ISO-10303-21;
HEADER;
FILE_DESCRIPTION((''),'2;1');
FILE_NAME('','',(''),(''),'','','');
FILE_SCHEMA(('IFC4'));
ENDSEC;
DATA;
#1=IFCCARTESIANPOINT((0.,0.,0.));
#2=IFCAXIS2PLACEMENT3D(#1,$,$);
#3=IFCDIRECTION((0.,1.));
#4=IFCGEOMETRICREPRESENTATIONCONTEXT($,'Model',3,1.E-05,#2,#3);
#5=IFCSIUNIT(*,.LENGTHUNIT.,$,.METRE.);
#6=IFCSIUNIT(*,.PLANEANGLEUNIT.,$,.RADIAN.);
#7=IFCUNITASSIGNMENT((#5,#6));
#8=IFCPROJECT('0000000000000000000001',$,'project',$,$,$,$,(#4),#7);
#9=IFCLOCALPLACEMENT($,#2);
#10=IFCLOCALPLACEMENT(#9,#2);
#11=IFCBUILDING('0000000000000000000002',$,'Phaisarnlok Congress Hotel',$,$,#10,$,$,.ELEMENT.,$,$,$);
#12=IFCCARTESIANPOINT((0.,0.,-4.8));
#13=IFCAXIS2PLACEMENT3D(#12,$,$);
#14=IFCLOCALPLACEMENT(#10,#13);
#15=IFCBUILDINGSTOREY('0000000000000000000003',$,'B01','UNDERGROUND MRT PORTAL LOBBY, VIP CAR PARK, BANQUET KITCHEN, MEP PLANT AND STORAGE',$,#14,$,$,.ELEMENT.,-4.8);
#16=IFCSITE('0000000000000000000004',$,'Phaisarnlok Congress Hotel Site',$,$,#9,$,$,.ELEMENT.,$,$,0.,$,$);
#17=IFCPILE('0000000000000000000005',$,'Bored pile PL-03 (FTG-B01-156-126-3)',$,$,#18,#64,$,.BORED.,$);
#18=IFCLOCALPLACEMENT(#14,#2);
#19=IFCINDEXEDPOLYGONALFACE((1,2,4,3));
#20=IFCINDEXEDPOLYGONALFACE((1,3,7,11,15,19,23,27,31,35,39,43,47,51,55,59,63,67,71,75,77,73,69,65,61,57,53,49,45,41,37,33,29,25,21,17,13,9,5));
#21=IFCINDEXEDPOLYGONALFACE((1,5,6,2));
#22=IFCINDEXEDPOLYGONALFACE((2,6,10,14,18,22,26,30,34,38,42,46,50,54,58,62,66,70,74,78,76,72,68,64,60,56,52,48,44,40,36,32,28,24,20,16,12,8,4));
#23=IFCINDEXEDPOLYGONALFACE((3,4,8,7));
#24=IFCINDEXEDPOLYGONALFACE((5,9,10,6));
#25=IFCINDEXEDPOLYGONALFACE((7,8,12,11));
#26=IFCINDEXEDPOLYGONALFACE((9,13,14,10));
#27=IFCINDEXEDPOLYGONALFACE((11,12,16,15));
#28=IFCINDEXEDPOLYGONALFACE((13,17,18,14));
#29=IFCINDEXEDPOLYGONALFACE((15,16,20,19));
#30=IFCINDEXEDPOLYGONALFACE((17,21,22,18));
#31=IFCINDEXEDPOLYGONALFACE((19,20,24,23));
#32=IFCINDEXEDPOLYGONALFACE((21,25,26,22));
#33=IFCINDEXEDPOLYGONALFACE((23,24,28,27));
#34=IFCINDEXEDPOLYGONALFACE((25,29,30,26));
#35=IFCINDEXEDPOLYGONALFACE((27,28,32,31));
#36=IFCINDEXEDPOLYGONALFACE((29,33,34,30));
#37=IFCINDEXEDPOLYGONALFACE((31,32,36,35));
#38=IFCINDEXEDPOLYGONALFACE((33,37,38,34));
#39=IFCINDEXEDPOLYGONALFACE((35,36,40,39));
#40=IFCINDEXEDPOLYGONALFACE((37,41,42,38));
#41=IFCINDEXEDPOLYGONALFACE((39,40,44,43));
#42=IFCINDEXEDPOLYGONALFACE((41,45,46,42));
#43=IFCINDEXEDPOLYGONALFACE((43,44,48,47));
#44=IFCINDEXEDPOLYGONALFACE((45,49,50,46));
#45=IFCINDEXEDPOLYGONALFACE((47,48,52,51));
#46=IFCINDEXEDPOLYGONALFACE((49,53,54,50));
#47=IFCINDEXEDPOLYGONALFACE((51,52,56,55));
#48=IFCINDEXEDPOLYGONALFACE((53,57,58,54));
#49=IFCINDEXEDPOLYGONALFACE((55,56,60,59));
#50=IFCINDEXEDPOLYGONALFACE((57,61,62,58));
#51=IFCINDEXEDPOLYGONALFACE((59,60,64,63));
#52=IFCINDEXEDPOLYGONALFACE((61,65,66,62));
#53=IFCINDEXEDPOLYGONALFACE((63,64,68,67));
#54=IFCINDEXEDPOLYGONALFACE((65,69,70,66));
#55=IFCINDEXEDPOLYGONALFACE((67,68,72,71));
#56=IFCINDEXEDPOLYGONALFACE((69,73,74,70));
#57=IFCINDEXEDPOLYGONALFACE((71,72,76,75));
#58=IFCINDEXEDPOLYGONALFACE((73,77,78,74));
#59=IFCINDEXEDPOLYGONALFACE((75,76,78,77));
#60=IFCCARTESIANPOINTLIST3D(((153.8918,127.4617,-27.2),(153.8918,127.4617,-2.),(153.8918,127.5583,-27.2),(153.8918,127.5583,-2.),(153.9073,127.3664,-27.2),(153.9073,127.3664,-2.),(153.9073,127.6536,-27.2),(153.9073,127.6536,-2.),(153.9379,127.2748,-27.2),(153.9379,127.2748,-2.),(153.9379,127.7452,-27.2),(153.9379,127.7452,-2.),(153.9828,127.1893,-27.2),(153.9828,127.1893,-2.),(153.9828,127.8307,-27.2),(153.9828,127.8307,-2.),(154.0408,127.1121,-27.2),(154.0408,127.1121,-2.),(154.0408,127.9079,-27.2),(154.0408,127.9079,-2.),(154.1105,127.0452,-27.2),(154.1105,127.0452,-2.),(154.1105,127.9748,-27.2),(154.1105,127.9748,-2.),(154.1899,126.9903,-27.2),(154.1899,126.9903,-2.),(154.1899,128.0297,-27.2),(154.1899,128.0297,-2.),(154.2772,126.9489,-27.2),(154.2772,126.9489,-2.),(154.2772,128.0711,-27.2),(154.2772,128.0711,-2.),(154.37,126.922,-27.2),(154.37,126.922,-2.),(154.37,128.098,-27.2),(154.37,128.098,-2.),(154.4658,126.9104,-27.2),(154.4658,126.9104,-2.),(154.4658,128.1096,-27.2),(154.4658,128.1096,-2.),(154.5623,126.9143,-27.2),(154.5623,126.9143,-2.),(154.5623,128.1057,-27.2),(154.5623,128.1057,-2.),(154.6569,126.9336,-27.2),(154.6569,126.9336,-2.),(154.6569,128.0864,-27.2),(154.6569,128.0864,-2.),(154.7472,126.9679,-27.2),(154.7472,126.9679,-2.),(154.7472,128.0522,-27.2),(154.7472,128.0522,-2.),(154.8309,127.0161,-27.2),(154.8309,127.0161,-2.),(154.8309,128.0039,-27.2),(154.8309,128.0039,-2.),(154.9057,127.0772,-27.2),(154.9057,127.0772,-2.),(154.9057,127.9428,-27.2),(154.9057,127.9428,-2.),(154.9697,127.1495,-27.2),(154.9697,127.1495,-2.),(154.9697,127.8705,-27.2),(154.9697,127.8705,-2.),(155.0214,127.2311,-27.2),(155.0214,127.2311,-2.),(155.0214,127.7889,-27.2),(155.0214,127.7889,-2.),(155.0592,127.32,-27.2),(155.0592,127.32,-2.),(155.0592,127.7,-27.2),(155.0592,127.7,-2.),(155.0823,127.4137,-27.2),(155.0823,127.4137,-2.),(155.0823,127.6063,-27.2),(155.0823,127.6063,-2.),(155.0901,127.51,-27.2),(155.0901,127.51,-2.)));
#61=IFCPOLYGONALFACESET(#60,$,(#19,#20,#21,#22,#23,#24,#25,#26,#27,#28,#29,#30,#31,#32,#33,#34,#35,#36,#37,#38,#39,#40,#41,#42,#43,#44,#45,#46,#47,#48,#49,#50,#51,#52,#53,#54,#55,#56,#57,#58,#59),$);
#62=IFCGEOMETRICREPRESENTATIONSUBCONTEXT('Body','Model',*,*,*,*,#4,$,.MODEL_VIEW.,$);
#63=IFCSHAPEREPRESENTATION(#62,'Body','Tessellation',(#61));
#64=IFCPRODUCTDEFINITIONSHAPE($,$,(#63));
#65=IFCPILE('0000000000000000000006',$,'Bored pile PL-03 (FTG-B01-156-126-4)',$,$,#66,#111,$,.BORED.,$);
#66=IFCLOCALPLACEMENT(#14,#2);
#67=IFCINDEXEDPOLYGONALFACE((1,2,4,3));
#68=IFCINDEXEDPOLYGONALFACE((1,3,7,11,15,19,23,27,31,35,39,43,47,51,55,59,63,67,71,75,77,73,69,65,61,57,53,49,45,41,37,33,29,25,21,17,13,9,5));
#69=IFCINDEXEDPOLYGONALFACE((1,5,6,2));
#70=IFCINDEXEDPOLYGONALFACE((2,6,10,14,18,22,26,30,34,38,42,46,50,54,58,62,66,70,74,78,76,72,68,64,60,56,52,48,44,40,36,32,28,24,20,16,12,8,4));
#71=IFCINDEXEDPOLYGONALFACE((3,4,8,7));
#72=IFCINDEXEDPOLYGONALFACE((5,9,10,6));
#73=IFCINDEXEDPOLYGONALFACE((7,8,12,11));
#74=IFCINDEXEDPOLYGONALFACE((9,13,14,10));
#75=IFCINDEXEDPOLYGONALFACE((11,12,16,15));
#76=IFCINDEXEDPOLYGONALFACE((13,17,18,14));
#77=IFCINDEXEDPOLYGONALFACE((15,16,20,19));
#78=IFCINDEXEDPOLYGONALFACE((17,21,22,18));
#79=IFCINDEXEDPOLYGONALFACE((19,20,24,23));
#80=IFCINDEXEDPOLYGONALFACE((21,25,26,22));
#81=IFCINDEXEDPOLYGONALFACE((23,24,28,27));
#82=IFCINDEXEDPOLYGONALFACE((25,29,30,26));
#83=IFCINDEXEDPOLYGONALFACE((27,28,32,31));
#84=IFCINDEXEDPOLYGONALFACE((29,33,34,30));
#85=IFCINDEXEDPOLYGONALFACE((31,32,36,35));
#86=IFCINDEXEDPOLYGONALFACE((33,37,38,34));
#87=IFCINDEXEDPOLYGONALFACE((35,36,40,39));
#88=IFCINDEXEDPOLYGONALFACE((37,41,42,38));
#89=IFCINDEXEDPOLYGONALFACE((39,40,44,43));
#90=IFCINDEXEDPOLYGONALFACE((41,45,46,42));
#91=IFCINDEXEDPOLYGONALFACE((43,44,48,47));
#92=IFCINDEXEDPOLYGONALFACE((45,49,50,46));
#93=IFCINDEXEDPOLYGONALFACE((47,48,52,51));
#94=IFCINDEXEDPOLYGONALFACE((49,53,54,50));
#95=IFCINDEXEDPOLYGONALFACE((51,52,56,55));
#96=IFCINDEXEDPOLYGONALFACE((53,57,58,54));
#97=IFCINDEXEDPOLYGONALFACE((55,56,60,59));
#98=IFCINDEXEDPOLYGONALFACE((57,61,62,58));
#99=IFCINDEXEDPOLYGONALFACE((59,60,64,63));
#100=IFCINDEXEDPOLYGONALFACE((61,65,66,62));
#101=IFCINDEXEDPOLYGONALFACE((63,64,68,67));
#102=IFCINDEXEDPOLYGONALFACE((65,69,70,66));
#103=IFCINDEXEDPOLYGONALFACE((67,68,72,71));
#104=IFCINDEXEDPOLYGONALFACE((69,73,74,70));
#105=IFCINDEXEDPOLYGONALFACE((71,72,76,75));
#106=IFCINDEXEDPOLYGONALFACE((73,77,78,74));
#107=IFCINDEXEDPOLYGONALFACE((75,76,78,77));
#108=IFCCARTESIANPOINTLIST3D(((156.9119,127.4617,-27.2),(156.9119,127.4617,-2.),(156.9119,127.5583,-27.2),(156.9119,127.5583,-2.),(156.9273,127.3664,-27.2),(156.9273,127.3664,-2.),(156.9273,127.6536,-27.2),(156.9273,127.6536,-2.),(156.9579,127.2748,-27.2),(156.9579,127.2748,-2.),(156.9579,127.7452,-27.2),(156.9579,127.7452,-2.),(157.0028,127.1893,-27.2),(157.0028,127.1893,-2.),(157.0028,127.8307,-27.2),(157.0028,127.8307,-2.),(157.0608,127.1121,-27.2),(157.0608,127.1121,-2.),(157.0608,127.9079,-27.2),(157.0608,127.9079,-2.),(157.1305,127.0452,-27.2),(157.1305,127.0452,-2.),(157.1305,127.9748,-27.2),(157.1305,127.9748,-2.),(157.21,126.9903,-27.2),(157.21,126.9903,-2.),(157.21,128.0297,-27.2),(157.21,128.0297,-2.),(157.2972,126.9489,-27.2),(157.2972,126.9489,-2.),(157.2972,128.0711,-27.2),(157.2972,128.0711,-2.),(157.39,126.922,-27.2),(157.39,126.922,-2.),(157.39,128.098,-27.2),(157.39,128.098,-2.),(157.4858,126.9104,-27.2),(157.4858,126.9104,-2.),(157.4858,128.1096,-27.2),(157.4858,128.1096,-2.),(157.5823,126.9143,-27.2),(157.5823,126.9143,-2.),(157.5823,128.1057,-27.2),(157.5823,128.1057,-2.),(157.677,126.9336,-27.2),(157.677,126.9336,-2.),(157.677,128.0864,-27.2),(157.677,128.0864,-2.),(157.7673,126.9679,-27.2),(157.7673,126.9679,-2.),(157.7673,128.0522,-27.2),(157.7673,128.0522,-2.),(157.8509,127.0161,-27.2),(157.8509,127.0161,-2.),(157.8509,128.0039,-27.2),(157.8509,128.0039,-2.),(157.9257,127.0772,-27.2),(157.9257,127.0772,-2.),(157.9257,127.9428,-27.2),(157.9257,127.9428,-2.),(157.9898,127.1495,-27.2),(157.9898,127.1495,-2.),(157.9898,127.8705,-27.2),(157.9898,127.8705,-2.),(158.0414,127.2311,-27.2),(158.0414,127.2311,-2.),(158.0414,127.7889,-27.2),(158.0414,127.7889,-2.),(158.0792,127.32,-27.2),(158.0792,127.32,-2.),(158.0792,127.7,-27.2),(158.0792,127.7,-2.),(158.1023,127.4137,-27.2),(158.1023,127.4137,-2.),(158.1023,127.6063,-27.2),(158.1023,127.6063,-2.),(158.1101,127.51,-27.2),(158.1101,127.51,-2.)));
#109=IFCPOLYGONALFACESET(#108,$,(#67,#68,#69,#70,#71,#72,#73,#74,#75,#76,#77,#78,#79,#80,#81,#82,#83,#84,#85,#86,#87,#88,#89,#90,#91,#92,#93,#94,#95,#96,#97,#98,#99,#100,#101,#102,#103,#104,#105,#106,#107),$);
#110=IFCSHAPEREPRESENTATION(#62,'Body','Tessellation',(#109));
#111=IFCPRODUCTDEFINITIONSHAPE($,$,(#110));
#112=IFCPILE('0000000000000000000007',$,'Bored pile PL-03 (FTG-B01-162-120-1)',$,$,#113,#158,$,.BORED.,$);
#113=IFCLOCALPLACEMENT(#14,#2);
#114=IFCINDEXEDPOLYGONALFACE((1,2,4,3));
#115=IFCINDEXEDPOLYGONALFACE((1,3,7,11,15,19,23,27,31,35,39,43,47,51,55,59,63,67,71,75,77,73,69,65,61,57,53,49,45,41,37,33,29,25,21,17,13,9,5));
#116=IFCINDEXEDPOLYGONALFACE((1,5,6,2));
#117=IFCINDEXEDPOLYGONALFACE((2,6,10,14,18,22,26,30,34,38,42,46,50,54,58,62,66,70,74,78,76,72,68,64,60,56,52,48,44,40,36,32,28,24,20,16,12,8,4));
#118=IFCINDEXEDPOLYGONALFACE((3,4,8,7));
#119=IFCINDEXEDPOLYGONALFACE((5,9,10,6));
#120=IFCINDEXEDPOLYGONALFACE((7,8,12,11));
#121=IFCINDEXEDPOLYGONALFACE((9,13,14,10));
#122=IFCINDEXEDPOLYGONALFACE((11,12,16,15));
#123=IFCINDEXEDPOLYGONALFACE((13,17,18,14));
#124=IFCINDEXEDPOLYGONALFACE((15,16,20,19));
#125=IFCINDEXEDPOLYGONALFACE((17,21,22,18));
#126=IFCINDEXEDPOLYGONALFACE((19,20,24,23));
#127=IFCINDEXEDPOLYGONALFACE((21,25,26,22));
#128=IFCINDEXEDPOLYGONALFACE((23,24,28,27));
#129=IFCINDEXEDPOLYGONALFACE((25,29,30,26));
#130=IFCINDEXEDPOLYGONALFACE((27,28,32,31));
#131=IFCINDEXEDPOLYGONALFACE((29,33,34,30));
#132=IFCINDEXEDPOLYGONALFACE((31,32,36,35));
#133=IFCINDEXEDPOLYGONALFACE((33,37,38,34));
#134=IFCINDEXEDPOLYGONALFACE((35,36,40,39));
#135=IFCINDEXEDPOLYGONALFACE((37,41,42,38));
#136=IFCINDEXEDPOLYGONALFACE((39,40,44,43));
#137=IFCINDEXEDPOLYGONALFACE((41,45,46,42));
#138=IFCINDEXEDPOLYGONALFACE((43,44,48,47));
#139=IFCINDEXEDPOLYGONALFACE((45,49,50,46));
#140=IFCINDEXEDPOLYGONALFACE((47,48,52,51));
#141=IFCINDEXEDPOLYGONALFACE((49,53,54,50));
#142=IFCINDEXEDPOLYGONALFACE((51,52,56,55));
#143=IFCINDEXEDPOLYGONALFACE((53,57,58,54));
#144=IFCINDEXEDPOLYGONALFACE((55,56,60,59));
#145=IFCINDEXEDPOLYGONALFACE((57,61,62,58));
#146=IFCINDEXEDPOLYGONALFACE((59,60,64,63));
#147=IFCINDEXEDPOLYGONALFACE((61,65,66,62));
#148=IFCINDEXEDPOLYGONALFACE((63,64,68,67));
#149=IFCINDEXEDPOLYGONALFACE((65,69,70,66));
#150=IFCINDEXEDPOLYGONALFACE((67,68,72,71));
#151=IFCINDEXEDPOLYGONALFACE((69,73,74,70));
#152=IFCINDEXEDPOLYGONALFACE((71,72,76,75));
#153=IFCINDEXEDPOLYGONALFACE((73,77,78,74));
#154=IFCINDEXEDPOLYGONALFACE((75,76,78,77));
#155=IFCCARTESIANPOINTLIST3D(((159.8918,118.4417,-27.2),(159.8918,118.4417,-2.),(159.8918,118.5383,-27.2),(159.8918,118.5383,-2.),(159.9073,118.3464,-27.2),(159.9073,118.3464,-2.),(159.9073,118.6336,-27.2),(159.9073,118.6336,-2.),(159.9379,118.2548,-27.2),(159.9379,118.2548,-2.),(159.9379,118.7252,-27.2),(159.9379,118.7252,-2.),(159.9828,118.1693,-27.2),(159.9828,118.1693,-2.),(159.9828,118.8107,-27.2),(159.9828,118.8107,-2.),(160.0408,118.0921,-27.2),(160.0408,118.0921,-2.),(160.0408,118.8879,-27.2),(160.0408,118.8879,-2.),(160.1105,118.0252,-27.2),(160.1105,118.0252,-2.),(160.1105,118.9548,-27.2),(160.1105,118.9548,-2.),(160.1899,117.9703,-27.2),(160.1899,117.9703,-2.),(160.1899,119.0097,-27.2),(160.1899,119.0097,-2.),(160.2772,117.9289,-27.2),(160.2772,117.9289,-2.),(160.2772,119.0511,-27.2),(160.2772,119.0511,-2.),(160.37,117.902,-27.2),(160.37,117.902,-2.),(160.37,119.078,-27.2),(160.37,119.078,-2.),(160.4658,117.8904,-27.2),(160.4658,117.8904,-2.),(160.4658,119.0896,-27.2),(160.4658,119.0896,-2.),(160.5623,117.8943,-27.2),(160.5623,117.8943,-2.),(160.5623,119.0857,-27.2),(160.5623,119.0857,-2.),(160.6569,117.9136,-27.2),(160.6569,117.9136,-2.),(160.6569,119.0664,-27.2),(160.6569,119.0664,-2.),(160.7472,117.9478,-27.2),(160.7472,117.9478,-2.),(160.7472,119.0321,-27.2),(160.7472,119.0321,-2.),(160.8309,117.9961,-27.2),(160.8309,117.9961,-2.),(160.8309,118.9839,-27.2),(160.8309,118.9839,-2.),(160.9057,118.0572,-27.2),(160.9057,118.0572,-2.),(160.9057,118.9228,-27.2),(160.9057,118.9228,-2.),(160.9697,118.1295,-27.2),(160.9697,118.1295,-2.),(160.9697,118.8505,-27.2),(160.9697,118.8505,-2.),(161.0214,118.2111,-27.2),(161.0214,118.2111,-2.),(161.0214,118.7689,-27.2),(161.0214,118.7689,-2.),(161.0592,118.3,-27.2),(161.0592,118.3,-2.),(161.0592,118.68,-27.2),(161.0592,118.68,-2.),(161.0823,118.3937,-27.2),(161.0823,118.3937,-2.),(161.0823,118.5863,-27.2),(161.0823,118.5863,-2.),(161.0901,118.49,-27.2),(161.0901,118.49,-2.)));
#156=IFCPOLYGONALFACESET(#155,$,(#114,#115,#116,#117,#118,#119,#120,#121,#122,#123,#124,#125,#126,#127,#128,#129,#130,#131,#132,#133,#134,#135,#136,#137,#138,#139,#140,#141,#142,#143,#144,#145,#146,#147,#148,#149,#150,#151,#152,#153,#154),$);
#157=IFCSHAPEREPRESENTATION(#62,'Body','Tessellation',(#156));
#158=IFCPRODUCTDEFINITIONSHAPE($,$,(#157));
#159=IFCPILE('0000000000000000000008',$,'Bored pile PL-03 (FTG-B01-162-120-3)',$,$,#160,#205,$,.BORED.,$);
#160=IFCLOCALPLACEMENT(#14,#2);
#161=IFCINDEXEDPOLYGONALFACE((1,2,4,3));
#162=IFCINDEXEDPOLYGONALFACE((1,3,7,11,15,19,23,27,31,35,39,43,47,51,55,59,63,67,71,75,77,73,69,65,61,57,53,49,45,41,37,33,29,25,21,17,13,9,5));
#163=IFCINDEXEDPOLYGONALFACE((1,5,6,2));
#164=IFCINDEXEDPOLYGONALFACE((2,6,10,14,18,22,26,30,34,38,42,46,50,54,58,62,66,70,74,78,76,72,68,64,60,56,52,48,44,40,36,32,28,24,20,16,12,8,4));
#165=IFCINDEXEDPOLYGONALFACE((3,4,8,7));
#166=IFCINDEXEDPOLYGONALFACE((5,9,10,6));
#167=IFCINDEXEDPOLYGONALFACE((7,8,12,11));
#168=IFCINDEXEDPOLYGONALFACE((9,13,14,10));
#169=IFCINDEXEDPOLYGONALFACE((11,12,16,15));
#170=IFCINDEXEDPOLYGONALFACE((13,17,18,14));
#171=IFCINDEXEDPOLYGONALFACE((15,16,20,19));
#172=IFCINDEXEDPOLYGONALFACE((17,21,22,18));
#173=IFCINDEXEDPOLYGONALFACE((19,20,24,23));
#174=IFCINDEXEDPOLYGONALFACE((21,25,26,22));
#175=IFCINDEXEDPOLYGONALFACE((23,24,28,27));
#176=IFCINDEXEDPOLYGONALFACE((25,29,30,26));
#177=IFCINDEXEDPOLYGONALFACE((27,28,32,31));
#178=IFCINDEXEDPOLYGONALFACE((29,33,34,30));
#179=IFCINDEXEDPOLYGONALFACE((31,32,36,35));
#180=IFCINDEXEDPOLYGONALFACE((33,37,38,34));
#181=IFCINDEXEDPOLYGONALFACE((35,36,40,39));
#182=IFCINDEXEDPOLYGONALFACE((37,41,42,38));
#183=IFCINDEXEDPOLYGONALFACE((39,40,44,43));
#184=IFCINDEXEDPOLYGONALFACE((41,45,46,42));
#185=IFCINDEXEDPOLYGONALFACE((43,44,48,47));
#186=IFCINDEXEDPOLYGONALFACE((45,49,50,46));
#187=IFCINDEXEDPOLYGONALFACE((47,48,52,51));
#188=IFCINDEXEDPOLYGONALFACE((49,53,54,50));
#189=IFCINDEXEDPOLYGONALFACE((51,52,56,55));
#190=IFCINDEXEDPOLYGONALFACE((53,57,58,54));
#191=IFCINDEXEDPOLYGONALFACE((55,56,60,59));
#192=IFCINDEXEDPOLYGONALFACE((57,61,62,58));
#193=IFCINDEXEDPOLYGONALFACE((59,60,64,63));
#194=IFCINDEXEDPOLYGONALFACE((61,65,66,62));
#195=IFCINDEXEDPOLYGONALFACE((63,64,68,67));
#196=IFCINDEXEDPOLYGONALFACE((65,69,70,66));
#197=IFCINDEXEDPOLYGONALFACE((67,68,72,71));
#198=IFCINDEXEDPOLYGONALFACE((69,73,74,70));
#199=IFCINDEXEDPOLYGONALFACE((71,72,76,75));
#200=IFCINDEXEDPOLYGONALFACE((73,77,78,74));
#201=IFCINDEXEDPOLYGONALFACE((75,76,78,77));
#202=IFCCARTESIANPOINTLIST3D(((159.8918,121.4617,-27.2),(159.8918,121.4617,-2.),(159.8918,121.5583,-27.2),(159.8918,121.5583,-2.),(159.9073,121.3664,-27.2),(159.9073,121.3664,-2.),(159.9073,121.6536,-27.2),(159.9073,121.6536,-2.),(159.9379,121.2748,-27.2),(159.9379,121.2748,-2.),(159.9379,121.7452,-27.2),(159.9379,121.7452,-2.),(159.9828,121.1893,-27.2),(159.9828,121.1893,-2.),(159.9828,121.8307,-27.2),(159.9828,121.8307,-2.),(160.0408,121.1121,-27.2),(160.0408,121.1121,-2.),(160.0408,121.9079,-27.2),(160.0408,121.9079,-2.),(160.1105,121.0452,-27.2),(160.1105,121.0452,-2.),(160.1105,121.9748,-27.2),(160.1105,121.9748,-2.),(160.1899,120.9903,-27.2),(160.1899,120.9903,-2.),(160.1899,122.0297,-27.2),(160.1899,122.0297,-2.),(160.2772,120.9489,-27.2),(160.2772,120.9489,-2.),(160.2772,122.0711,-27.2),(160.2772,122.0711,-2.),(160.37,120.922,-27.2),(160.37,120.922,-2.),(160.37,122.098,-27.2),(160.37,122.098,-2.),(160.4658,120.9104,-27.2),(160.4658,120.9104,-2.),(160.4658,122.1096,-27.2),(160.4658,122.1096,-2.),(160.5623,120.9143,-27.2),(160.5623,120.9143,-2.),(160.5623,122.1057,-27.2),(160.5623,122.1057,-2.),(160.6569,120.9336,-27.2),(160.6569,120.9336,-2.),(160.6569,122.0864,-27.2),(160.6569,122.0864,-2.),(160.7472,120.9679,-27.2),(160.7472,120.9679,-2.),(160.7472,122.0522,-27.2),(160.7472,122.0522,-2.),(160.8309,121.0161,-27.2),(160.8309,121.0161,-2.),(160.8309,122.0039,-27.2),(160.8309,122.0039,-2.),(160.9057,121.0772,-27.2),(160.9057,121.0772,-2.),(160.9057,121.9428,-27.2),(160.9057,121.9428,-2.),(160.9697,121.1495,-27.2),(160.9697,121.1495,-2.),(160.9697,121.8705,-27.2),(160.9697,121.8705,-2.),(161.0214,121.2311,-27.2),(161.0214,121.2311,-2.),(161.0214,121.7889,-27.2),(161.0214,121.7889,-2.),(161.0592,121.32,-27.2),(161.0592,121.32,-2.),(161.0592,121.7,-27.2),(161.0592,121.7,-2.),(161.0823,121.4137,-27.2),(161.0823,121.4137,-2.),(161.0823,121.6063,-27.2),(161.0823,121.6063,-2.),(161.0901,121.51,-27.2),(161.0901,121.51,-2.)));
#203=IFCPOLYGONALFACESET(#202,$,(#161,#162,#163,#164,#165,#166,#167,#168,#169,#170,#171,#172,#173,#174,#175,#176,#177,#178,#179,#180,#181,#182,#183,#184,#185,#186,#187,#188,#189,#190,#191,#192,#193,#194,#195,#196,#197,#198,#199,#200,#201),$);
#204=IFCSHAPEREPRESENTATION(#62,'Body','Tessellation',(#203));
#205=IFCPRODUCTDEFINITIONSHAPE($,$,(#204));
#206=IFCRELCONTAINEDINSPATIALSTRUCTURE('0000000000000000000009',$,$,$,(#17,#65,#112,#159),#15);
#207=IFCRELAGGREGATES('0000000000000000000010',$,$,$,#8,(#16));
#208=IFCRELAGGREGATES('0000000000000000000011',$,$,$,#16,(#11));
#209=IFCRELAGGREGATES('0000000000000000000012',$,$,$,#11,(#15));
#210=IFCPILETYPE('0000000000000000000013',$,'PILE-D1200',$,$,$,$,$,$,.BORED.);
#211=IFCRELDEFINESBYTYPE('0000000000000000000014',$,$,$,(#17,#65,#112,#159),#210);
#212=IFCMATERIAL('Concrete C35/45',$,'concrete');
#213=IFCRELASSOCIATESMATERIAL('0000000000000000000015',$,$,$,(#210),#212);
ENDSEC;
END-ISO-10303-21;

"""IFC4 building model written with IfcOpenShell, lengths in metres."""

from ifc_helpers import new_model, si_unit, direction, frame, origin, origin_2d, place, context, subcontext, project, spatial, circle, extrude, material, material_profile, profile_set, type_object, element, save


model = new_model("IFC4")

# Units and contexts
model_context = context("Model", 3, precision=1e-05, world=origin(), true_north=direction((0.0, 1.0)))
body_context = subcontext(model_context, "Body", "Model", "MODEL_VIEW")
ifc_project = project(units=[si_unit("LENGTHUNIT", "METRE"), si_unit("PLANEANGLEUNIT", "RADIAN")], contexts=[model_context])

# Site, building, storey
site_placement = place(None, origin())
site = spatial("IfcSite", under=ifc_project, at=site_placement, Name="Phaisarnlok Congress Hotel Site", CompositionType="ELEMENT", RefElevation=0.0)
building_placement = place(site_placement, origin())
building = spatial("IfcBuilding", under=site, at=building_placement, Name="Phaisarnlok Congress Hotel", CompositionType="ELEMENT")
storey_placement = place(building_placement, frame((0.0, 0.0, -4.8)))
storey = spatial("IfcBuildingStorey", under=building, at=storey_placement, Name="B01", Description="UNDERGROUND MRT PORTAL LOBBY, VIP CAR PARK, BANQUET KITCHEN, MEP PLANT AND STORAGE", CompositionType="ELEMENT", Elevation=-4.8)

# Piles
ifc_material_1 = material(Name="Concrete C35/45", Category="concrete")
ifc_material_profile_1 = material_profile(ifc_material_1, circle(Radius=0.6001, at=origin_2d()), Name="BORED PILE D1200")
ifc_profile_set_1 = profile_set([ifc_material_profile_1], Name="Concrete C35/45")
pile_type_1 = type_object("IfcPileType", Name="PILE-D1200", PredefinedType="BORED", material=ifc_profile_set_1)
for number, where, z_axis, x_axis, name in (
    (1, (154.49, 127.51, -2.0), (0.0, 0.0, -1.0), (1.0, 0.0, 0.0), "Bored pile PL-03 (FTG-B01-156-126-3)"),
    (2, (157.51, 127.51, -2.0), (0.0, 0.0, -1.0), (1.0, 0.0, 0.0), "Bored pile PL-03 (FTG-B01-156-126-4)"),
    (3, (160.49, 118.49, -2.0), (0.0, 0.0, -1.0), (1.0, 0.0, 0.0), "Bored pile PL-03 (FTG-B01-162-120-1)"),
    (4, (160.49, 121.51, -2.0), (0.0, 0.0, -1.0), (1.0, 0.0, 0.0), "Bored pile PL-03 (FTG-B01-162-120-3)"),
):
    element("IfcPile", number, at=place(storey_placement, frame(where, z_axis=z_axis, x_axis=x_axis)), inside=storey, type_object=pile_type_1, Name=name, PredefinedType="BORED", context=body_context, shape_type="SweptSolid", body=[
        extrude(circle(Radius=0.6001, at=origin_2d()), origin(), (0.0, 0.0, 1.0), 25.2),
    ])

save(model, "model.ifc")
